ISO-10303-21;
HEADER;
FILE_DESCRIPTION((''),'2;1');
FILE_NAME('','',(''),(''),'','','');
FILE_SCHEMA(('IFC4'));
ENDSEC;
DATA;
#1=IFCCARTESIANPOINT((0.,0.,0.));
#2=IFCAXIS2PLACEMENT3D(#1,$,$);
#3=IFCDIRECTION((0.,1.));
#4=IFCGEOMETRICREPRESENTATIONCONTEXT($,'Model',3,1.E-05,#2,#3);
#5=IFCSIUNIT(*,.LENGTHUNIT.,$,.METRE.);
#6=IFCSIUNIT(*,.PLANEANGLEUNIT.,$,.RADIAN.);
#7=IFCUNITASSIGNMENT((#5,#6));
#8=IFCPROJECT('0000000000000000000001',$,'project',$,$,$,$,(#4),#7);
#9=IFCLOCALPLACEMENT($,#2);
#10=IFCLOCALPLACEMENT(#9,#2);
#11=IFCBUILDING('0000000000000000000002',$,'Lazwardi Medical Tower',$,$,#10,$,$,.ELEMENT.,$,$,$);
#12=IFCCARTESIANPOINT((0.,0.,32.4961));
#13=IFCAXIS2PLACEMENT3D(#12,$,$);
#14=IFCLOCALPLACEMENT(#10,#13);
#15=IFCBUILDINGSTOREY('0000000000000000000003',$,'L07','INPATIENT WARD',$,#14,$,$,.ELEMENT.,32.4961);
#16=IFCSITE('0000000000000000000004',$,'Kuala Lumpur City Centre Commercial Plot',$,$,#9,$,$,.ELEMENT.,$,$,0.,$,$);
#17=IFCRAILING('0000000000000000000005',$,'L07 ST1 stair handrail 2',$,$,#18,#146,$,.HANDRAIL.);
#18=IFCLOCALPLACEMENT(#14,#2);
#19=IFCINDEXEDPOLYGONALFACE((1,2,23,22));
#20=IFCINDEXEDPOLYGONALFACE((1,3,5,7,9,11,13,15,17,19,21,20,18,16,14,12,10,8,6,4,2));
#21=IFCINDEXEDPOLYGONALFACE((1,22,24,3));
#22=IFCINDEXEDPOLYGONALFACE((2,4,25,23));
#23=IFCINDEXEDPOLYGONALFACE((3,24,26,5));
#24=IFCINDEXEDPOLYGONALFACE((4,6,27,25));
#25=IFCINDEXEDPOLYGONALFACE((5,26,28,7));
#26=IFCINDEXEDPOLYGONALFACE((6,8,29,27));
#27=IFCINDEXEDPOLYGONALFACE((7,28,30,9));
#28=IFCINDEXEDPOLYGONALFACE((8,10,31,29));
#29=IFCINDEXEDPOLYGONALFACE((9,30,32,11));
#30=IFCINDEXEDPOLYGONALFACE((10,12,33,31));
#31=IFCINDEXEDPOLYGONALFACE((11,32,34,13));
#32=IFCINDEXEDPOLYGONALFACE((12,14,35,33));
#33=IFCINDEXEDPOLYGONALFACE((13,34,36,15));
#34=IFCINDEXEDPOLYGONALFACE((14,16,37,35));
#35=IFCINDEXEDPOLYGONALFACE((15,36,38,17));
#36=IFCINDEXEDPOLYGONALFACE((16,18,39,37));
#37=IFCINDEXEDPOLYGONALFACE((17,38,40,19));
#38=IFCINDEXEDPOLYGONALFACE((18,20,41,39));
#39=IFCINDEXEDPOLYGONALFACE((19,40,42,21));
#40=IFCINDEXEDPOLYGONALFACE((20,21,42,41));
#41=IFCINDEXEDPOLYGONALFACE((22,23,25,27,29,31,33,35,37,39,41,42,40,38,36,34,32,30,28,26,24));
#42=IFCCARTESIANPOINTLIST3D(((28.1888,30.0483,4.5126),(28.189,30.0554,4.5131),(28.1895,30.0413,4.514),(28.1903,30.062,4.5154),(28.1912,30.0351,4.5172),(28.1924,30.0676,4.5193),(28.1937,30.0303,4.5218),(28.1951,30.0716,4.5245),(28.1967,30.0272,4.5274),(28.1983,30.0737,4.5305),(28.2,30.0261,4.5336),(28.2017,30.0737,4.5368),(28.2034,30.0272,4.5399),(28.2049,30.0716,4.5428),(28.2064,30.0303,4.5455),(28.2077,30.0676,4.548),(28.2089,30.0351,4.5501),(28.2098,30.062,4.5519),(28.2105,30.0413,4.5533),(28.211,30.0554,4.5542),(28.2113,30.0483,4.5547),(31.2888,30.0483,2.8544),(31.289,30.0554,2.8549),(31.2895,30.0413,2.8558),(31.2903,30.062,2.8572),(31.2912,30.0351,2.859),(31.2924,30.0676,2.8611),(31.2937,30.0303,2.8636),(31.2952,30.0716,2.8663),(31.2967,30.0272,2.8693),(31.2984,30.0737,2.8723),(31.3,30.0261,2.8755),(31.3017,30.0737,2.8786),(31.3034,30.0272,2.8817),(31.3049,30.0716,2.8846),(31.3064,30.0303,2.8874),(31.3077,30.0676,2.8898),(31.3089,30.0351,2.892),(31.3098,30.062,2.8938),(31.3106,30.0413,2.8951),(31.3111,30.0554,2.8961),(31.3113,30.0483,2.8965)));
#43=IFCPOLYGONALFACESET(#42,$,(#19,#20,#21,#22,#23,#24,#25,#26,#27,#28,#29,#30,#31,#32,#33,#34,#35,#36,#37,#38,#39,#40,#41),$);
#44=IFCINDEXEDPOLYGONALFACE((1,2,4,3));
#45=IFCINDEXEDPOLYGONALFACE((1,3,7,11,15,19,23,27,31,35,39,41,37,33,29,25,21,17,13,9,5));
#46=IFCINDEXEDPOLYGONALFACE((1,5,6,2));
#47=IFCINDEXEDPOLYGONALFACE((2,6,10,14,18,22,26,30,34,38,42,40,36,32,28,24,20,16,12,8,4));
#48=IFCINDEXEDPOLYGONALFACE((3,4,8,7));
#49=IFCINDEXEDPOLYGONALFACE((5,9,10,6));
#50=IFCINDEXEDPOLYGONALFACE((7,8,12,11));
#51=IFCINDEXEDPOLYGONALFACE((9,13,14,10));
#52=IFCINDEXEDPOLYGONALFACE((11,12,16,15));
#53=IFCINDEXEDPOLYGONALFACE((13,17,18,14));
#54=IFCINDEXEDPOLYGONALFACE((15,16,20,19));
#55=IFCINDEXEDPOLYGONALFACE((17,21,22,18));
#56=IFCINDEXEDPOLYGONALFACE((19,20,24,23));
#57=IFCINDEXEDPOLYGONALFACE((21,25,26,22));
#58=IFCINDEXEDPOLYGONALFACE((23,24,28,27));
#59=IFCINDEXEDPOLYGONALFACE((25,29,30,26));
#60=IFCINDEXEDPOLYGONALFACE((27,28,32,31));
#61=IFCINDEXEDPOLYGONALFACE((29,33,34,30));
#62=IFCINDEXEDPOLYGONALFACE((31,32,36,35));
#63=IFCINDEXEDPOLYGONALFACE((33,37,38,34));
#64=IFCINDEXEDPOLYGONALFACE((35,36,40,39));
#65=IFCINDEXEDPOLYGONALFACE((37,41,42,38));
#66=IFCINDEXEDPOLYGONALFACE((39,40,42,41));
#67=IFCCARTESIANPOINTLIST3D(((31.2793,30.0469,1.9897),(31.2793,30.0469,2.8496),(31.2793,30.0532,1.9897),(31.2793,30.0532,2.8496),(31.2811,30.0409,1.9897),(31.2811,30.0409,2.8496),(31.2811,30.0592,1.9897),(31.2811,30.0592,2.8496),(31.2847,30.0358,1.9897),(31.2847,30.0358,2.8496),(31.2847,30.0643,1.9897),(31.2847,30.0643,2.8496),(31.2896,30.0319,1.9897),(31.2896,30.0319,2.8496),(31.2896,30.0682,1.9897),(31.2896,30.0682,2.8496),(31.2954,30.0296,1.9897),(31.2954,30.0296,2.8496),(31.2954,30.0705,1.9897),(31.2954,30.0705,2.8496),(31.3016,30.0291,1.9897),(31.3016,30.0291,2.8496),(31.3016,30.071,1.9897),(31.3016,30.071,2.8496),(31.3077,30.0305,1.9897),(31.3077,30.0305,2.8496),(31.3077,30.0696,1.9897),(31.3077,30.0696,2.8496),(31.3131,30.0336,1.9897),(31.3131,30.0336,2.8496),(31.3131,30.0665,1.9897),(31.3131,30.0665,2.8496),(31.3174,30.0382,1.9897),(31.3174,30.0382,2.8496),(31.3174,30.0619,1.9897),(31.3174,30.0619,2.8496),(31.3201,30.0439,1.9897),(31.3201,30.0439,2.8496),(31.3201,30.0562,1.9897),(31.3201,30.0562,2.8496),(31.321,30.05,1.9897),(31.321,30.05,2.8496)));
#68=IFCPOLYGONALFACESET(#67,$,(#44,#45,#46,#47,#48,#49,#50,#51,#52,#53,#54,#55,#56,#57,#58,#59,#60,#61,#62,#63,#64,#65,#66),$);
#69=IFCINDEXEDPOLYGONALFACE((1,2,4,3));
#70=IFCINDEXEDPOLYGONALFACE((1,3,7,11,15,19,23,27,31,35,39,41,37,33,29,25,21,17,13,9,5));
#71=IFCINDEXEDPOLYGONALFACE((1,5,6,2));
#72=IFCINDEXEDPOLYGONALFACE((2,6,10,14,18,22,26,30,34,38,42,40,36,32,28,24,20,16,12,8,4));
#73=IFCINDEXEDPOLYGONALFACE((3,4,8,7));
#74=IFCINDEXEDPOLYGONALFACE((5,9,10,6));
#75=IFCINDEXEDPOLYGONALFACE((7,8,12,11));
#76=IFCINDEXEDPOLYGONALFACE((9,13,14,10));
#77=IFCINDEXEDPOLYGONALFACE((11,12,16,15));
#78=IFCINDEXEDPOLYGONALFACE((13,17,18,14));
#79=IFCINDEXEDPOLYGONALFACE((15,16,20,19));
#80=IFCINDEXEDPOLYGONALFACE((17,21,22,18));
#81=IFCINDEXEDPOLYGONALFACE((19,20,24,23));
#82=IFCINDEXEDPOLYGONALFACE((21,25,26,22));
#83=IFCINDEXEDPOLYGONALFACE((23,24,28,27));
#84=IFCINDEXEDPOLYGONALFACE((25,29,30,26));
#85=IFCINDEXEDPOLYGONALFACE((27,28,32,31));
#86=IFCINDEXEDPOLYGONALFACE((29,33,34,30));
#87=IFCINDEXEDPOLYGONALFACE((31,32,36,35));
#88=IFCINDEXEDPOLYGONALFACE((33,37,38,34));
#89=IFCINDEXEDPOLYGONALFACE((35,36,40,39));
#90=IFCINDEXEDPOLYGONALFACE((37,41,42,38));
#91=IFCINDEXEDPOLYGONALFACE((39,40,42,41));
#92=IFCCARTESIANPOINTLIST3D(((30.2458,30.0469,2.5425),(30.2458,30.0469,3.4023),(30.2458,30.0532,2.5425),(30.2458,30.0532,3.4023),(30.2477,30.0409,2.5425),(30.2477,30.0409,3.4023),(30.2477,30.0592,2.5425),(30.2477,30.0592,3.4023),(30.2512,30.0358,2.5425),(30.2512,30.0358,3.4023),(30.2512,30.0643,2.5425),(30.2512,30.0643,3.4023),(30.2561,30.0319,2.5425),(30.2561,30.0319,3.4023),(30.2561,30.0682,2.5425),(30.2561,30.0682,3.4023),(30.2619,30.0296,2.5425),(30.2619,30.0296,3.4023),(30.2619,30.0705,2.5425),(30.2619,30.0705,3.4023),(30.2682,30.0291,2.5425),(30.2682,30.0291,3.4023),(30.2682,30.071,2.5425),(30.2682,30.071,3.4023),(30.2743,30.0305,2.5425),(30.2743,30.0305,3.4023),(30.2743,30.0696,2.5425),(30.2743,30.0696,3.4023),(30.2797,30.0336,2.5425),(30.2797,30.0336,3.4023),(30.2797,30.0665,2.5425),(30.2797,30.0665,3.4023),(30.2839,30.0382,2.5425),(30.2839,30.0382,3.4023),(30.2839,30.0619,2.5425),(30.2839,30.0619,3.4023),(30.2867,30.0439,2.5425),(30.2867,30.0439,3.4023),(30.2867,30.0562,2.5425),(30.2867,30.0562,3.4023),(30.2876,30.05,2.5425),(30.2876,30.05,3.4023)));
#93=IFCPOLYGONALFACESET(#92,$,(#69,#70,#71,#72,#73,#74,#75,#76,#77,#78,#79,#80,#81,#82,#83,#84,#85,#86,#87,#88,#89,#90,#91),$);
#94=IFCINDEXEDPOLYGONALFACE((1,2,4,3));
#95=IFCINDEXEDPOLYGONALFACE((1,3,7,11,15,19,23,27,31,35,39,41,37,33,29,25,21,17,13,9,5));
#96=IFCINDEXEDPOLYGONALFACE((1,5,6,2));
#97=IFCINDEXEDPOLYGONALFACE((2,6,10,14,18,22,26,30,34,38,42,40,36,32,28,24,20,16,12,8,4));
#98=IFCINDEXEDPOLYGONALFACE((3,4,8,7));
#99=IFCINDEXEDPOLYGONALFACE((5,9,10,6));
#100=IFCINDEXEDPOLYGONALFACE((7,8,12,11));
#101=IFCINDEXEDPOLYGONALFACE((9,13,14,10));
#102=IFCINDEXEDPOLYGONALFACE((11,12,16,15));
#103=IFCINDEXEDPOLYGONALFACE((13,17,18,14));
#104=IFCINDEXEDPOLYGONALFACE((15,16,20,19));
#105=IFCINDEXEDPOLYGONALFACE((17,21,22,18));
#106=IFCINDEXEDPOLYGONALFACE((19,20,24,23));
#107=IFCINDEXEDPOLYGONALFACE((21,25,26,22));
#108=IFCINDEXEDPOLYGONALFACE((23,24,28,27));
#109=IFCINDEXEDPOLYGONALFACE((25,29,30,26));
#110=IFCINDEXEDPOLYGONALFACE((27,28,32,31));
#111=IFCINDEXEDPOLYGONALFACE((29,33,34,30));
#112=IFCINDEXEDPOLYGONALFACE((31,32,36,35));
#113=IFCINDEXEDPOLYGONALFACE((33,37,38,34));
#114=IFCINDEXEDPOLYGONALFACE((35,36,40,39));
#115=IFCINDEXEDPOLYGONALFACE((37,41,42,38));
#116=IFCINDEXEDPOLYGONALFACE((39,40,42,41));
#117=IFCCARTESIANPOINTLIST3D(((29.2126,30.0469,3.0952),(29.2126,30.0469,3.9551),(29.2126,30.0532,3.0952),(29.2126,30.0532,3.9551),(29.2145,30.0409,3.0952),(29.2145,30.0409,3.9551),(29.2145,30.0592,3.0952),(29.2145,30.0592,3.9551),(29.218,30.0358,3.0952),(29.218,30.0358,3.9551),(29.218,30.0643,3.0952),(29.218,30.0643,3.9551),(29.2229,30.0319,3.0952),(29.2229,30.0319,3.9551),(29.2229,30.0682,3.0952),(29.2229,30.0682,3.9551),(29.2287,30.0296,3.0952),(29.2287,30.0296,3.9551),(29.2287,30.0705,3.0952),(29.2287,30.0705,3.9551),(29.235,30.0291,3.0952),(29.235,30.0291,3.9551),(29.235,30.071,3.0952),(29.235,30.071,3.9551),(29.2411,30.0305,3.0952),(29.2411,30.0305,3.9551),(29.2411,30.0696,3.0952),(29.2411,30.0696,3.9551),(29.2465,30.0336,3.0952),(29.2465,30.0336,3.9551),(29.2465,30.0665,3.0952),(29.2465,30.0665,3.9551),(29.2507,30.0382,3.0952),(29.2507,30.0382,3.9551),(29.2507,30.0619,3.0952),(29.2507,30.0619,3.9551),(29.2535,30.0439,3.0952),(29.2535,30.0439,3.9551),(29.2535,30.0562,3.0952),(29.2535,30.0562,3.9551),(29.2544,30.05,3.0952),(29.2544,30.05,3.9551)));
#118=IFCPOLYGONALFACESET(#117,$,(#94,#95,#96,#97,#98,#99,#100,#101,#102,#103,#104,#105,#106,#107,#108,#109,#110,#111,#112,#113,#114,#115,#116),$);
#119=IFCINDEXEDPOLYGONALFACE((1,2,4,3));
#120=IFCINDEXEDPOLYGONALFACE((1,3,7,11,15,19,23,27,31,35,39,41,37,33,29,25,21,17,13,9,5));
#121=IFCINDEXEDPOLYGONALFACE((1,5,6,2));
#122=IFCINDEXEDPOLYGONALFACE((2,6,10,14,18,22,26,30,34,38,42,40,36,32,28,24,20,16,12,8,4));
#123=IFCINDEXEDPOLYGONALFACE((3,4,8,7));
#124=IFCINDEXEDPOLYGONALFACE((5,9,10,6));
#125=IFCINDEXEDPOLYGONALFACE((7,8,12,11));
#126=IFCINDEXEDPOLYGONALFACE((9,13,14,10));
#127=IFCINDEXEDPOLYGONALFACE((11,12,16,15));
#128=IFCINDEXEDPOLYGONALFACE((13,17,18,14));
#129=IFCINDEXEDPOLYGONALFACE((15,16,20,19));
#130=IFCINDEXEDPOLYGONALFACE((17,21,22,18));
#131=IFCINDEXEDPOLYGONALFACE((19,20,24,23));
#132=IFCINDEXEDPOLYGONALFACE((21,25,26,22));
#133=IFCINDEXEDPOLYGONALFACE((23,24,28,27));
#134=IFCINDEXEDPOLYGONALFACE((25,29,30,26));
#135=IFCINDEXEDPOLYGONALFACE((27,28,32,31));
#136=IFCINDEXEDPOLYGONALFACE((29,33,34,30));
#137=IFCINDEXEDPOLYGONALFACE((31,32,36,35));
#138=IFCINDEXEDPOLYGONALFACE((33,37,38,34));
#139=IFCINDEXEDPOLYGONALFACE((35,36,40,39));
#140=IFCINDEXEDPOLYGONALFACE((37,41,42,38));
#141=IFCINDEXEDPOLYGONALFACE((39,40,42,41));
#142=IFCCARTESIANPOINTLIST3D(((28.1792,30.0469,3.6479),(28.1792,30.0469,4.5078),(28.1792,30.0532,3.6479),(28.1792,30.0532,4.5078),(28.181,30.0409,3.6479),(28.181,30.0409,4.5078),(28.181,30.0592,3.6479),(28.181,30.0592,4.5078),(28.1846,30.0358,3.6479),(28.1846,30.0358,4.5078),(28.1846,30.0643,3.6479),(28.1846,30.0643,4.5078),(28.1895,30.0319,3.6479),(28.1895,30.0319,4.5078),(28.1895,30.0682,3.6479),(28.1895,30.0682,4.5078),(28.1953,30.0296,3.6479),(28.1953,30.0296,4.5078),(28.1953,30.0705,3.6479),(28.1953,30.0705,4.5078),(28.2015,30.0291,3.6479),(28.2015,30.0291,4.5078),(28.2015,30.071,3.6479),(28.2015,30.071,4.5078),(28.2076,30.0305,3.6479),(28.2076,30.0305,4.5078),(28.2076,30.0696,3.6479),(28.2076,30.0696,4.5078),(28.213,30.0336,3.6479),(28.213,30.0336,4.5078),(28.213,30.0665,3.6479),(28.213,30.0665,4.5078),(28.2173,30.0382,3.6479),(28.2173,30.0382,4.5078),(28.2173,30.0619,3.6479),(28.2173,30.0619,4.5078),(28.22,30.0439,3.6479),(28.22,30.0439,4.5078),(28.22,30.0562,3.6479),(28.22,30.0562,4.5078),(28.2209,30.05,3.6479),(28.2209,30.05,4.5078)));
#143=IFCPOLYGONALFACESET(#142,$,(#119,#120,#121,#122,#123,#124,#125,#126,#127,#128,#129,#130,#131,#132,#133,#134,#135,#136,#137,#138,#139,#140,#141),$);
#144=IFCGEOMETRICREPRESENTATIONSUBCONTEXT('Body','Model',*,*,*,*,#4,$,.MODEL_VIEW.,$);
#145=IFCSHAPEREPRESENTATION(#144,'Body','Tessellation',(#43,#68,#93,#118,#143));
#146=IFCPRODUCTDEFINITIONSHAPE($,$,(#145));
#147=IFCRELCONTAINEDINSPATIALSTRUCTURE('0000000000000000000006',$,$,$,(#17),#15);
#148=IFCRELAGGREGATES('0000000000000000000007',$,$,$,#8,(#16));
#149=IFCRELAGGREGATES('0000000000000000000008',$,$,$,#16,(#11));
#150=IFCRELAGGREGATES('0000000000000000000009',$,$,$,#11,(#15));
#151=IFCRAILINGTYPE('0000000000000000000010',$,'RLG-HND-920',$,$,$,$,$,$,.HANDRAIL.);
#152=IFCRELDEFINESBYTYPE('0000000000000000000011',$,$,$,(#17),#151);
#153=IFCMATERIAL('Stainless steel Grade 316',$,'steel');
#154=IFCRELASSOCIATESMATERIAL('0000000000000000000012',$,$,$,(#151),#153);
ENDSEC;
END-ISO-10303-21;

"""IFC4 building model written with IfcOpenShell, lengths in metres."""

from ifc_helpers import new_model, si_unit, direction, frame, origin, origin_2d, place, context, subcontext, project, spatial, circle, extrude, material, type_object, element, save


model = new_model("IFC4")

# Units and contexts
model_context = context("Model", 3, precision=1e-05, world=origin(), true_north=direction((0.0, 1.0)))
body_context = subcontext(model_context, "Body", "Model", "MODEL_VIEW")
ifc_project = project(units=[si_unit("LENGTHUNIT", "METRE"), si_unit("PLANEANGLEUNIT", "RADIAN")], contexts=[model_context])

# Site, building, storey
site_placement = place(None, origin())
site = spatial("IfcSite", under=ifc_project, at=site_placement, Name="Kuala Lumpur City Centre Commercial Plot", CompositionType="ELEMENT", RefElevation=0.0)
building_placement = place(site_placement, origin())
building = spatial("IfcBuilding", under=site, at=building_placement, Name="Lazwardi Medical Tower", CompositionType="ELEMENT")
storey_placement = place(building_placement, frame((0.0, 0.0, 32.4961)))
storey = spatial("IfcBuildingStorey", under=building, at=storey_placement, Name="L07", Description="INPATIENT WARD", CompositionType="ELEMENT", Elevation=32.4961)

# Railing
ifc_material_1 = material(Name="Stainless steel Grade 316", Category="steel")
railing_type_1 = type_object("IfcRailingType", Name="RLG-HND-920", PredefinedType="HANDRAIL", material=ifc_material_1)
railing_1_placement = place(storey_placement, frame((31.3, 30.05, 1.9897)))
element("IfcRailing", 1, at=railing_1_placement, inside=storey, type_object=railing_type_1, Name="L07 ST1 stair handrail 2", PredefinedType="HANDRAIL", context=body_context, shape_type="SweptSolid", body=[
    extrude(circle(Radius=0.0239, at=origin_2d()), frame((0.0, 0.0, 0.8857), z_axis=(-0.881783, 0.0, 0.471655), x_axis=(0.0, -1.0, 0.0)), (0.0, 0.0, 1.0), 3.5156),
    extrude(circle(Radius=0.021, at=origin_2d()), origin(), (0.0, 0.0, 1.0), 0.8599),
    extrude(circle(Radius=0.021, at=origin_2d()), frame((-1.0334, 0.0, 0.5527)), (0.0, 0.0, 1.0), 0.8599),
    extrude(circle(Radius=0.021, at=origin_2d()), frame((-2.0667, 0.0, 1.1055)), (0.0, 0.0, 1.0), 0.8599),
    extrude(circle(Radius=0.021, at=origin_2d()), frame((-3.1001, 0.0, 1.6582)), (0.0, 0.0, 1.0), 0.8599),
])

save(model, "model.ifc")
